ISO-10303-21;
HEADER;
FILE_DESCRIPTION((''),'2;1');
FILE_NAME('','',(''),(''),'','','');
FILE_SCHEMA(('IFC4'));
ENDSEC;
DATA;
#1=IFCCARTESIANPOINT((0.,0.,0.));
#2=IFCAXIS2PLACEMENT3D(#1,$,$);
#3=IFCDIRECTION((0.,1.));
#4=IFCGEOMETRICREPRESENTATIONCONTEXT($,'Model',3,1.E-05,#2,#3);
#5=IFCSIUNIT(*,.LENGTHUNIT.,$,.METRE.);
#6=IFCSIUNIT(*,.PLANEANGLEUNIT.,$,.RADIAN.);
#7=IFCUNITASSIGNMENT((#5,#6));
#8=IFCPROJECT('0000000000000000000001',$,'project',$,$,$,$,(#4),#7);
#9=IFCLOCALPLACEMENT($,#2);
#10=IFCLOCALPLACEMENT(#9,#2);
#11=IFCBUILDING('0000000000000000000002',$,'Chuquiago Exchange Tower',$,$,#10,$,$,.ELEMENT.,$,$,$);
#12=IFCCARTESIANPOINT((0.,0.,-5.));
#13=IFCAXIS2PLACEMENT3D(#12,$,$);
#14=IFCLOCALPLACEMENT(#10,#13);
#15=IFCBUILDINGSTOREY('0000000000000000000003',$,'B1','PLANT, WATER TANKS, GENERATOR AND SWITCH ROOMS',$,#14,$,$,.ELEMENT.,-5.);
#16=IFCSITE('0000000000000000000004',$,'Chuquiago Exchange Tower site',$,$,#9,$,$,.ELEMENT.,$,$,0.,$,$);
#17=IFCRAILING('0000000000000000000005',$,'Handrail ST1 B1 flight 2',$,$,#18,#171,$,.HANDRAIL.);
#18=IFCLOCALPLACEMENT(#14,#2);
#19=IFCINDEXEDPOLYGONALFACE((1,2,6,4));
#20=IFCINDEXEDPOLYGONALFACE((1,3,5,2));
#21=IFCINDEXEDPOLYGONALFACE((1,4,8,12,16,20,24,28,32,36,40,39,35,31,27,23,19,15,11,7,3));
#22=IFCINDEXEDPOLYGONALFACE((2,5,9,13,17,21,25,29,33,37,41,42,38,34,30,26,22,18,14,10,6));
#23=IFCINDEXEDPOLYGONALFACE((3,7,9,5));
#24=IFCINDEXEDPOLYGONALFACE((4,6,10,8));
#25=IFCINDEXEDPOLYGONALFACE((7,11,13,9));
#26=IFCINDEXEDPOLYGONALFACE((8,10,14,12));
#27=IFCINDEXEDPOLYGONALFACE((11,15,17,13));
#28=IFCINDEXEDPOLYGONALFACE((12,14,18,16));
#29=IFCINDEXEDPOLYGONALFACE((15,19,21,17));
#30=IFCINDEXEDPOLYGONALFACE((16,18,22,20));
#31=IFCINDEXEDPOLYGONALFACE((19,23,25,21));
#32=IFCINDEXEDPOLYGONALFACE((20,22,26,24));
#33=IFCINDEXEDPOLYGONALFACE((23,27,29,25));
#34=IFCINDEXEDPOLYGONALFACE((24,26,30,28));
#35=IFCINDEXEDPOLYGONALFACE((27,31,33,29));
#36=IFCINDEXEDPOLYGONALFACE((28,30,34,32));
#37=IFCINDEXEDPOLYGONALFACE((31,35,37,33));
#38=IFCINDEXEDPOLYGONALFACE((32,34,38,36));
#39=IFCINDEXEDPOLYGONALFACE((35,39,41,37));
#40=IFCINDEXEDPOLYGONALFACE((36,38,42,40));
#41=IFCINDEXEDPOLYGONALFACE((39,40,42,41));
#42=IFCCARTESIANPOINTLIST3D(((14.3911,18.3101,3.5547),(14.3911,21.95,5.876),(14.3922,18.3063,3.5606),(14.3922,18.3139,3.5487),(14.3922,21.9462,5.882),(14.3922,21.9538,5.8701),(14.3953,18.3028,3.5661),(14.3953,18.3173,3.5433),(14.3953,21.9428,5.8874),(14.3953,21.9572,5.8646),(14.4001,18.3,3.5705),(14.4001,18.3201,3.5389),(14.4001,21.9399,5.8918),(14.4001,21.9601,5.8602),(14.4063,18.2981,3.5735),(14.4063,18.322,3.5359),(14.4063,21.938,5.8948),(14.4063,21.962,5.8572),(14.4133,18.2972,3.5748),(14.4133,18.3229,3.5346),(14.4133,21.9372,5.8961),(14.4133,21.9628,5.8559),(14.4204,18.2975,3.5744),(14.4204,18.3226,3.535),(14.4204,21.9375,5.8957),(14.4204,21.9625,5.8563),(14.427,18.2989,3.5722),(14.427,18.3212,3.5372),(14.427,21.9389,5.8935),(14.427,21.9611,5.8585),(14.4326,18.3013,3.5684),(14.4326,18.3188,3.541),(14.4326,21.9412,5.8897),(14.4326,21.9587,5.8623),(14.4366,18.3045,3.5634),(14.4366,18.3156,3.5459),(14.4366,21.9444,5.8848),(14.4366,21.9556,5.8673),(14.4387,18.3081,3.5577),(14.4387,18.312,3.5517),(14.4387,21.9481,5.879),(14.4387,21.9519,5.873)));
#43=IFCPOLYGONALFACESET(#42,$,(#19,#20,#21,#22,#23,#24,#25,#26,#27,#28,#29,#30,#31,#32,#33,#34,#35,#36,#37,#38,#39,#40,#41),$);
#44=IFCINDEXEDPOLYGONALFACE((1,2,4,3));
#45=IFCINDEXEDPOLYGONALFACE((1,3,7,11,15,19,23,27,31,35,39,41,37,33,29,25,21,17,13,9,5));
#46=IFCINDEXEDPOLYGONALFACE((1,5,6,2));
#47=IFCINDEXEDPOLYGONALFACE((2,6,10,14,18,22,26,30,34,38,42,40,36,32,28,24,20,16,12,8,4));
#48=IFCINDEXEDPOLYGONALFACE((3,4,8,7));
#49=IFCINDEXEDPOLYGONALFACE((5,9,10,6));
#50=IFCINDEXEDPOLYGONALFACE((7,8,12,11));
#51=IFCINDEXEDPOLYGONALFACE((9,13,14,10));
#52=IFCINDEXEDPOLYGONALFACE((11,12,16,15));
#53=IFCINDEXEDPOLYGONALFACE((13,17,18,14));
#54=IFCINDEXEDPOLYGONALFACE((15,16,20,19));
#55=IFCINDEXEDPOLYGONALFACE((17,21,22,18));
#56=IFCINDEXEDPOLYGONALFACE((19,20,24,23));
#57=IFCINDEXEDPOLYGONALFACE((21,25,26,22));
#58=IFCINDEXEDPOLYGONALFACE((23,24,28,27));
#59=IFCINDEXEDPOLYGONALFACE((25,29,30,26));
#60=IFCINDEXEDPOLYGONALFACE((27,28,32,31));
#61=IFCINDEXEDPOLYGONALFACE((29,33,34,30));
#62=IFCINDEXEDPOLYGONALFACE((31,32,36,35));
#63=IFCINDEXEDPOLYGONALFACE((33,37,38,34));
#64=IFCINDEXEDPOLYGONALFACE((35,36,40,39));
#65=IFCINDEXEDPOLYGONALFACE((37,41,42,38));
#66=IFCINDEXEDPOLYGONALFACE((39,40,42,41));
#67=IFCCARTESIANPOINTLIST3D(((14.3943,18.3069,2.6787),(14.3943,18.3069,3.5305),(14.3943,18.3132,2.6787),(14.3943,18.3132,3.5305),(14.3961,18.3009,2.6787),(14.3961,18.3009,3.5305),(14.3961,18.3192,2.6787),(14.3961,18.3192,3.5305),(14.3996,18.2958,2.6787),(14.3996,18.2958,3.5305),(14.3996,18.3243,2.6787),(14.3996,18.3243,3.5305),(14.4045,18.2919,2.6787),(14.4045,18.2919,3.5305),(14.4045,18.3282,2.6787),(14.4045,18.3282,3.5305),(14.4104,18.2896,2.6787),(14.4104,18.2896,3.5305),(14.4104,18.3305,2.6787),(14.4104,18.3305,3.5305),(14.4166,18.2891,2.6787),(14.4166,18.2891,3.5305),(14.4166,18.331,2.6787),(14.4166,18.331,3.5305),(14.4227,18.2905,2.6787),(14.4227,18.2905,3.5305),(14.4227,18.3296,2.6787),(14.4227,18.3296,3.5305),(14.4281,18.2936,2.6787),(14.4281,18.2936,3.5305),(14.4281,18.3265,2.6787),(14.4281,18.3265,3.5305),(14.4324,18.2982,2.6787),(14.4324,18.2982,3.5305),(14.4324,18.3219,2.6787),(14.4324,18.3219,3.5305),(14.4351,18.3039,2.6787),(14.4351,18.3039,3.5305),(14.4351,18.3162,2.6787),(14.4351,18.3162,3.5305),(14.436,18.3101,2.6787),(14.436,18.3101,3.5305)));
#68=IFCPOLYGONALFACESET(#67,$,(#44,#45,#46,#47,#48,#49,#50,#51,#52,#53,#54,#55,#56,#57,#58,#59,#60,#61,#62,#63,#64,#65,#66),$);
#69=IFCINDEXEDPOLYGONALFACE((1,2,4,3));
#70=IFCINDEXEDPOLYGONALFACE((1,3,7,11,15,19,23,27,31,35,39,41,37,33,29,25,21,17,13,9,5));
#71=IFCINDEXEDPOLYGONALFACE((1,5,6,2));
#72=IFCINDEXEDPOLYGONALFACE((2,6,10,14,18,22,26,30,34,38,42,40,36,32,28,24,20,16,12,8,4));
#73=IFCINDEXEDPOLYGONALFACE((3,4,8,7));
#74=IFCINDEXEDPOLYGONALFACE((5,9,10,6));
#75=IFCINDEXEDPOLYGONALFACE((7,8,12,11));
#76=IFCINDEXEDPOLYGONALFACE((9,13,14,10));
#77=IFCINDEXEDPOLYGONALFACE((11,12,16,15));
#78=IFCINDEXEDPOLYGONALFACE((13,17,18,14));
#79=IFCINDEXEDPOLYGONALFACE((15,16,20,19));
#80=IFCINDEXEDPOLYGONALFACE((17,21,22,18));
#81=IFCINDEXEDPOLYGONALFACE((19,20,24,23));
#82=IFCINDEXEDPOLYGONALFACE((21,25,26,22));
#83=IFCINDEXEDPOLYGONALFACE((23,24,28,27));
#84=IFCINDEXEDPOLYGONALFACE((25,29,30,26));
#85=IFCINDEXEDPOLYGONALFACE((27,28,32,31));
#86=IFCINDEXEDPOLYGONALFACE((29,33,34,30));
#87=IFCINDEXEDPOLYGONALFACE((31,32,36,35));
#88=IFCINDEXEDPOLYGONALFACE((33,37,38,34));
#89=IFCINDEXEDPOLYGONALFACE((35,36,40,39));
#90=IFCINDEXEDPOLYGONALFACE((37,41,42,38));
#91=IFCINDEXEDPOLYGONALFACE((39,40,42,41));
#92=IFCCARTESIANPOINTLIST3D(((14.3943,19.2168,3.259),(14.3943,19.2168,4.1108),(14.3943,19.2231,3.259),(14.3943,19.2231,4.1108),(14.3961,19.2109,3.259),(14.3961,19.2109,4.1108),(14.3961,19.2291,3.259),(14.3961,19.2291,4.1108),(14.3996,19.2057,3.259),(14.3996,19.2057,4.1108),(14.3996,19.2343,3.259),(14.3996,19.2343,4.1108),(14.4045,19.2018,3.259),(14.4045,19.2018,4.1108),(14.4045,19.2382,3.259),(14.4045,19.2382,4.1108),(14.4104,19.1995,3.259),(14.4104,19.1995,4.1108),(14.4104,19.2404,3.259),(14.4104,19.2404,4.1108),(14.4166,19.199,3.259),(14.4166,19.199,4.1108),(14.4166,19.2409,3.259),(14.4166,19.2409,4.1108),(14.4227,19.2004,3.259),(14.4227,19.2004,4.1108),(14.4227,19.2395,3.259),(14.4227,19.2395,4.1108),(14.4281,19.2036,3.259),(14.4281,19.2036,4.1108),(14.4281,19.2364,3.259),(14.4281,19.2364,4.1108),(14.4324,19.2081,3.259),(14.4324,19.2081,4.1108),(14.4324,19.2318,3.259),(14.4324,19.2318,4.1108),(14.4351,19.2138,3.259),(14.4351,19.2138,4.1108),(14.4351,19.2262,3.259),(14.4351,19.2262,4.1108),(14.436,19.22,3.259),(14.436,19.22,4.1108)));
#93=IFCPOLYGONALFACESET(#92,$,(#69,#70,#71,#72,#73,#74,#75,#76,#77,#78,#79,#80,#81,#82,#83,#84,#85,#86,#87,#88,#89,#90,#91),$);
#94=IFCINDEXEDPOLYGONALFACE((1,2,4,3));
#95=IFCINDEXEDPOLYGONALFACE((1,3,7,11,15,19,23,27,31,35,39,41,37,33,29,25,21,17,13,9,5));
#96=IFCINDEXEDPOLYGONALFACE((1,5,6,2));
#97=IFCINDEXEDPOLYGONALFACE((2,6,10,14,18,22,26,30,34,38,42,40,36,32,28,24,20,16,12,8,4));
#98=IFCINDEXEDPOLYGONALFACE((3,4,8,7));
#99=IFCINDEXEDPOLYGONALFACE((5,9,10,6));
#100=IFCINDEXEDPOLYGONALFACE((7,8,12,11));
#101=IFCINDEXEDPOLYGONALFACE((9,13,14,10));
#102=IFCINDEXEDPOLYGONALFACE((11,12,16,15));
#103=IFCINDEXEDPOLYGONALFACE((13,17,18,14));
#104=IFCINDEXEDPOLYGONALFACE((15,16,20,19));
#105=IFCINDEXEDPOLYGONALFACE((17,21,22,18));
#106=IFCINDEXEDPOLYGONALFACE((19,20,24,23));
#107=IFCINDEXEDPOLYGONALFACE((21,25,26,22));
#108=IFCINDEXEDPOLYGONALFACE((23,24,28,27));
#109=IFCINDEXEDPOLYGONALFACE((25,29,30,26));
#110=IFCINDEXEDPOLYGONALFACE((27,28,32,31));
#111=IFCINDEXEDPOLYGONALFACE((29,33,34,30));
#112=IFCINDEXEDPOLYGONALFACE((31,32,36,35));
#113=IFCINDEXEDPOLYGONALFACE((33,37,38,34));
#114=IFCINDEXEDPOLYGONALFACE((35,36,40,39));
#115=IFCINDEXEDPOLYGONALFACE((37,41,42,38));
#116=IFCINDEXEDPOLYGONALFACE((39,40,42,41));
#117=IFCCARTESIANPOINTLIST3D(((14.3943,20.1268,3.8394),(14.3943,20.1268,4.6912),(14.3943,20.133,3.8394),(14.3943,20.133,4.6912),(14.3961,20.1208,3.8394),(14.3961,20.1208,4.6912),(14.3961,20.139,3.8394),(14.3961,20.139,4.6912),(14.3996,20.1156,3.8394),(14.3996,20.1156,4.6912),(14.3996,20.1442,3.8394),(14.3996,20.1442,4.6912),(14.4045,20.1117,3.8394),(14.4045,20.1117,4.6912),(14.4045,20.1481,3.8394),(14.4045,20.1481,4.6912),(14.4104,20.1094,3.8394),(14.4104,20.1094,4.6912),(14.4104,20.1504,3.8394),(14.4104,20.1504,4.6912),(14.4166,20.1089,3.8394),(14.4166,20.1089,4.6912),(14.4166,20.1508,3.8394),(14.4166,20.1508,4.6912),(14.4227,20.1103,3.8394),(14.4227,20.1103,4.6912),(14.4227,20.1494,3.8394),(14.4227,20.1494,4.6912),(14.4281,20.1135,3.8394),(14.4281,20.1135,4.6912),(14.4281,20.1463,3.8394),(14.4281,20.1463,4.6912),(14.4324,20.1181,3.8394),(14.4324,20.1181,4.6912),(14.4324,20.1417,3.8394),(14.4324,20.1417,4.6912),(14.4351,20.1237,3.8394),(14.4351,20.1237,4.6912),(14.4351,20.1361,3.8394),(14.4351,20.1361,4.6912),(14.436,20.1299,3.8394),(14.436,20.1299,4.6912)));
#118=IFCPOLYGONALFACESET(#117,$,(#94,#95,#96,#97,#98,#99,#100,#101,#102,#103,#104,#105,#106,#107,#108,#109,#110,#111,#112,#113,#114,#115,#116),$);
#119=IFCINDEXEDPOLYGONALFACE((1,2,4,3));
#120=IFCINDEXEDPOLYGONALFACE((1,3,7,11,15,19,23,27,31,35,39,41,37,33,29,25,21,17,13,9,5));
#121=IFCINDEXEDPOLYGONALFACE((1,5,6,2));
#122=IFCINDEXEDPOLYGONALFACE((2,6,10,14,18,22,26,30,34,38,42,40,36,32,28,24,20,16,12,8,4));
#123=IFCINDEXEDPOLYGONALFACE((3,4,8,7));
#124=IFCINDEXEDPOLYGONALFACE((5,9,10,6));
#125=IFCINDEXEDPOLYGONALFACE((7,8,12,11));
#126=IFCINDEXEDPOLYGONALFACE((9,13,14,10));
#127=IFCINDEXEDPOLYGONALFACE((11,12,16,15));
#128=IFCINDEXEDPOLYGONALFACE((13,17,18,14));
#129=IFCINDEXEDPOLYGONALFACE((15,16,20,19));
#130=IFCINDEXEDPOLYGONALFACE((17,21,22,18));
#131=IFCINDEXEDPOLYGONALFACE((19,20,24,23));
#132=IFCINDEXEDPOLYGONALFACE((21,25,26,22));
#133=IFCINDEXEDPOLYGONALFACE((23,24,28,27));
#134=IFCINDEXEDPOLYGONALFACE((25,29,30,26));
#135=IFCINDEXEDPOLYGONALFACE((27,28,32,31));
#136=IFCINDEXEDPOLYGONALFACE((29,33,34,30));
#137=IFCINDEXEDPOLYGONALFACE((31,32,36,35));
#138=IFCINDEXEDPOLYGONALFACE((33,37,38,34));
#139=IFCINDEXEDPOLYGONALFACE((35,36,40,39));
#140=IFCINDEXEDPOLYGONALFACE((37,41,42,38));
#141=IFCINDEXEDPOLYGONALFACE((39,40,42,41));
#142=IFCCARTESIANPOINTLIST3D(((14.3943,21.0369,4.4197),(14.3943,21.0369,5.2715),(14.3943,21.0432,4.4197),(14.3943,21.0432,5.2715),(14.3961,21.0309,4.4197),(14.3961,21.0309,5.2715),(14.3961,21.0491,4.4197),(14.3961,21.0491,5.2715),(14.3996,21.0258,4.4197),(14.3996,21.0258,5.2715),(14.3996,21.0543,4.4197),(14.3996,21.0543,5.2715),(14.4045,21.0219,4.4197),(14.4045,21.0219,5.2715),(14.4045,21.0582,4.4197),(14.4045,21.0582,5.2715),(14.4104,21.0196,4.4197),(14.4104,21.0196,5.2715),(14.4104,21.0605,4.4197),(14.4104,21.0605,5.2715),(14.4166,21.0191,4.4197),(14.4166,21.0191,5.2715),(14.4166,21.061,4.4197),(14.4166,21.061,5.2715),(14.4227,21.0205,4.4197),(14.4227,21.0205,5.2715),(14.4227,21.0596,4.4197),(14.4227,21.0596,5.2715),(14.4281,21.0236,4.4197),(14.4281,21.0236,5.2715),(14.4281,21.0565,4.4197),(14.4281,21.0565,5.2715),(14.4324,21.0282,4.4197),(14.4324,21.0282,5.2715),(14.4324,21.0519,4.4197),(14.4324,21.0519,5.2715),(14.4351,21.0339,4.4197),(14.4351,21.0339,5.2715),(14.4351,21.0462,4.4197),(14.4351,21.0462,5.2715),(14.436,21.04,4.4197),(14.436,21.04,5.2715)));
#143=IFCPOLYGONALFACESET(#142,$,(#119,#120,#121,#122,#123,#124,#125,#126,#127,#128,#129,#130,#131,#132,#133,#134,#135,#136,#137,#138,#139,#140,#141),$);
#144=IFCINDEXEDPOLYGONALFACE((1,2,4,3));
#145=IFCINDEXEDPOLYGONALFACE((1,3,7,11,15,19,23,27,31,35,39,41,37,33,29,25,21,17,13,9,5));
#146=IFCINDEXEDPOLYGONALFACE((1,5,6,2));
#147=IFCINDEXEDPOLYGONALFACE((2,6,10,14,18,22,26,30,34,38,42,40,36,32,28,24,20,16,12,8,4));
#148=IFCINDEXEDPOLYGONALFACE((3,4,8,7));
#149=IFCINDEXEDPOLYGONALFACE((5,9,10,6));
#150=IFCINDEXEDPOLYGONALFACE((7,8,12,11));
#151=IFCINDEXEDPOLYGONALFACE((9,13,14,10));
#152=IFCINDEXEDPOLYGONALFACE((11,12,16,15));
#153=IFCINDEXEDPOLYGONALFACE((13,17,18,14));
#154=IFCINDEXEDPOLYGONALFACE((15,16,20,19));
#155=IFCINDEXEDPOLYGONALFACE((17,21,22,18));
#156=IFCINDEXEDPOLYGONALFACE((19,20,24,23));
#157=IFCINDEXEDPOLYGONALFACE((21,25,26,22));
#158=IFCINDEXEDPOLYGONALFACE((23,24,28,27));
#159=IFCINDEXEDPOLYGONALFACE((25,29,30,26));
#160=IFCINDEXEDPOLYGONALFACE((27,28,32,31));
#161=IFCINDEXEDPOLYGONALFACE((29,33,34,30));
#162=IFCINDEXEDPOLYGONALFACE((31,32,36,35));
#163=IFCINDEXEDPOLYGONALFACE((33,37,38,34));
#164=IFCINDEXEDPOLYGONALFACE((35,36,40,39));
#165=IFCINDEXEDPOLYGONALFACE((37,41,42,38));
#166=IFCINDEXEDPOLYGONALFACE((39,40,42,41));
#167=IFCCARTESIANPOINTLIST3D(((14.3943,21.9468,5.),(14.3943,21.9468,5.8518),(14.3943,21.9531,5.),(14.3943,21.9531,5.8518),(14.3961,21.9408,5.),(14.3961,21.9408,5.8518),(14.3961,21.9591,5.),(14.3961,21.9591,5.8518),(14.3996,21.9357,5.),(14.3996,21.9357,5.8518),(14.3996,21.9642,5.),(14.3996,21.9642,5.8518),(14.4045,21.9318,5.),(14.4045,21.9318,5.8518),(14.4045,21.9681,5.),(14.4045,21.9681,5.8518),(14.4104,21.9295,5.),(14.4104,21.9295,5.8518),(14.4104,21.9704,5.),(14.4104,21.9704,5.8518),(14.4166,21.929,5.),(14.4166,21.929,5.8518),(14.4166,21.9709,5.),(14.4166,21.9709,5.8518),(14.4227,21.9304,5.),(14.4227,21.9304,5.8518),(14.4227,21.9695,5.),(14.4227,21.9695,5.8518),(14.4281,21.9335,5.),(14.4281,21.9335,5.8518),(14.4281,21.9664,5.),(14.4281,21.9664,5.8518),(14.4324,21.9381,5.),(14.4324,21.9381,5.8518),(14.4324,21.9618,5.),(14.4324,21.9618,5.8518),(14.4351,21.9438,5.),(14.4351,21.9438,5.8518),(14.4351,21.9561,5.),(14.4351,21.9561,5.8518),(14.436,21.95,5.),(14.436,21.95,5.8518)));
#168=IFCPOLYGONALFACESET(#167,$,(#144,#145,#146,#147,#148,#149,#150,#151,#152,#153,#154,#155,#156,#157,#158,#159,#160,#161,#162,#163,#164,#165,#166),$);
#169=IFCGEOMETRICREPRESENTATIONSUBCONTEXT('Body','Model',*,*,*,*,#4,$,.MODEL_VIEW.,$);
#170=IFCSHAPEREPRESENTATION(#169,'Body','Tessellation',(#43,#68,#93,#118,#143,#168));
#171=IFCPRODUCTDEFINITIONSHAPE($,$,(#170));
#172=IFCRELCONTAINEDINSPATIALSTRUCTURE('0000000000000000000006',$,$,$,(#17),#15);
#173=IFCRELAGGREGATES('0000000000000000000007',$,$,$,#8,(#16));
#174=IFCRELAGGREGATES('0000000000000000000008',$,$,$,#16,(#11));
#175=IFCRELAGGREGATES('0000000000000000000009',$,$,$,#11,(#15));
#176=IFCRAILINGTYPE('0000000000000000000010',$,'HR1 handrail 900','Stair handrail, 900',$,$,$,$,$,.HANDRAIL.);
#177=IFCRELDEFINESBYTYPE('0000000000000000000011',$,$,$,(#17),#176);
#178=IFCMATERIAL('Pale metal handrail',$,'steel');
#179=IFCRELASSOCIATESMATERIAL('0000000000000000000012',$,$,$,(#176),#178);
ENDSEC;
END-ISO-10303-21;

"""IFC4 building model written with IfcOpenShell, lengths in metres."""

from ifc_helpers import new_model, si_unit, direction, frame, origin, origin_2d, place, context, subcontext, project, spatial, circle, extrude, material, type_object, element, save


model = new_model("IFC4")

# Units and contexts
model_context = context("Model", 3, precision=1e-05, world=origin(), true_north=direction((0.0, 1.0)))
body_context = subcontext(model_context, "Body", "Model", "MODEL_VIEW")
ifc_project = project(units=[si_unit("LENGTHUNIT", "METRE"), si_unit("PLANEANGLEUNIT", "RADIAN")], contexts=[model_context])

# Site, building, storey
site_placement = place(None, origin())
site = spatial("IfcSite", under=ifc_project, at=site_placement, Name="Chuquiago Exchange Tower site", CompositionType="ELEMENT", RefElevation=0.0)
building_placement = place(site_placement, origin())
building = spatial("IfcBuilding", under=site, at=building_placement, Name="Chuquiago Exchange Tower", CompositionType="ELEMENT")
storey_placement = place(building_placement, frame((0.0, 0.0, -5.0)))
storey = spatial("IfcBuildingStorey", under=building, at=storey_placement, Name="B1", Description="PLANT, WATER TANKS, GENERATOR AND SWITCH ROOMS", CompositionType="ELEMENT", Elevation=-5.0)

# Railing
ifc_material_1 = material(Name="Pale metal handrail", Category="steel")
railing_type = type_object("IfcRailingType", Name="HR1 handrail 900", Description="Stair handrail, 900", PredefinedType="HANDRAIL", material=ifc_material_1)
for number, where, name in (
    (1, (14.415, 18.3101, 2.6787), "Handrail ST1 B1 flight 2"),
):
    element("IfcRailing", number, at=place(storey_placement, frame(where)), inside=storey, type_object=railing_type, Name=name, PredefinedType="HANDRAIL", context=body_context, shape_type="SweptSolid", body=[
        extrude(circle(Radius=0.0239, at=origin_2d()), frame((0.0, 0.0, 0.876), z_axis=(0.0, 0.843137, 0.537699), x_axis=(-1.0, 0.0, 0.0)), (0.0, 0.0, 1.0), 4.3171),
        extrude(circle(Radius=0.021, at=origin_2d()), origin(), (0.0, 0.0, 1.0), 0.8518),
        extrude(circle(Radius=0.021, at=origin_2d()), frame((0.0, 0.9099, 0.5803)), (0.0, 0.0, 1.0), 0.8518),
        extrude(circle(Radius=0.021, at=origin_2d()), frame((0.0, 1.8198, 1.1606)), (0.0, 0.0, 1.0), 0.8518),
        extrude(circle(Radius=0.021, at=origin_2d()), frame((0.0, 2.73, 1.741)), (0.0, 0.0, 1.0), 0.8518),
        extrude(circle(Radius=0.021, at=origin_2d()), frame((0.0, 3.6399, 2.3213)), (0.0, 0.0, 1.0), 0.8518),
    ])

save(model, "model.ifc")
